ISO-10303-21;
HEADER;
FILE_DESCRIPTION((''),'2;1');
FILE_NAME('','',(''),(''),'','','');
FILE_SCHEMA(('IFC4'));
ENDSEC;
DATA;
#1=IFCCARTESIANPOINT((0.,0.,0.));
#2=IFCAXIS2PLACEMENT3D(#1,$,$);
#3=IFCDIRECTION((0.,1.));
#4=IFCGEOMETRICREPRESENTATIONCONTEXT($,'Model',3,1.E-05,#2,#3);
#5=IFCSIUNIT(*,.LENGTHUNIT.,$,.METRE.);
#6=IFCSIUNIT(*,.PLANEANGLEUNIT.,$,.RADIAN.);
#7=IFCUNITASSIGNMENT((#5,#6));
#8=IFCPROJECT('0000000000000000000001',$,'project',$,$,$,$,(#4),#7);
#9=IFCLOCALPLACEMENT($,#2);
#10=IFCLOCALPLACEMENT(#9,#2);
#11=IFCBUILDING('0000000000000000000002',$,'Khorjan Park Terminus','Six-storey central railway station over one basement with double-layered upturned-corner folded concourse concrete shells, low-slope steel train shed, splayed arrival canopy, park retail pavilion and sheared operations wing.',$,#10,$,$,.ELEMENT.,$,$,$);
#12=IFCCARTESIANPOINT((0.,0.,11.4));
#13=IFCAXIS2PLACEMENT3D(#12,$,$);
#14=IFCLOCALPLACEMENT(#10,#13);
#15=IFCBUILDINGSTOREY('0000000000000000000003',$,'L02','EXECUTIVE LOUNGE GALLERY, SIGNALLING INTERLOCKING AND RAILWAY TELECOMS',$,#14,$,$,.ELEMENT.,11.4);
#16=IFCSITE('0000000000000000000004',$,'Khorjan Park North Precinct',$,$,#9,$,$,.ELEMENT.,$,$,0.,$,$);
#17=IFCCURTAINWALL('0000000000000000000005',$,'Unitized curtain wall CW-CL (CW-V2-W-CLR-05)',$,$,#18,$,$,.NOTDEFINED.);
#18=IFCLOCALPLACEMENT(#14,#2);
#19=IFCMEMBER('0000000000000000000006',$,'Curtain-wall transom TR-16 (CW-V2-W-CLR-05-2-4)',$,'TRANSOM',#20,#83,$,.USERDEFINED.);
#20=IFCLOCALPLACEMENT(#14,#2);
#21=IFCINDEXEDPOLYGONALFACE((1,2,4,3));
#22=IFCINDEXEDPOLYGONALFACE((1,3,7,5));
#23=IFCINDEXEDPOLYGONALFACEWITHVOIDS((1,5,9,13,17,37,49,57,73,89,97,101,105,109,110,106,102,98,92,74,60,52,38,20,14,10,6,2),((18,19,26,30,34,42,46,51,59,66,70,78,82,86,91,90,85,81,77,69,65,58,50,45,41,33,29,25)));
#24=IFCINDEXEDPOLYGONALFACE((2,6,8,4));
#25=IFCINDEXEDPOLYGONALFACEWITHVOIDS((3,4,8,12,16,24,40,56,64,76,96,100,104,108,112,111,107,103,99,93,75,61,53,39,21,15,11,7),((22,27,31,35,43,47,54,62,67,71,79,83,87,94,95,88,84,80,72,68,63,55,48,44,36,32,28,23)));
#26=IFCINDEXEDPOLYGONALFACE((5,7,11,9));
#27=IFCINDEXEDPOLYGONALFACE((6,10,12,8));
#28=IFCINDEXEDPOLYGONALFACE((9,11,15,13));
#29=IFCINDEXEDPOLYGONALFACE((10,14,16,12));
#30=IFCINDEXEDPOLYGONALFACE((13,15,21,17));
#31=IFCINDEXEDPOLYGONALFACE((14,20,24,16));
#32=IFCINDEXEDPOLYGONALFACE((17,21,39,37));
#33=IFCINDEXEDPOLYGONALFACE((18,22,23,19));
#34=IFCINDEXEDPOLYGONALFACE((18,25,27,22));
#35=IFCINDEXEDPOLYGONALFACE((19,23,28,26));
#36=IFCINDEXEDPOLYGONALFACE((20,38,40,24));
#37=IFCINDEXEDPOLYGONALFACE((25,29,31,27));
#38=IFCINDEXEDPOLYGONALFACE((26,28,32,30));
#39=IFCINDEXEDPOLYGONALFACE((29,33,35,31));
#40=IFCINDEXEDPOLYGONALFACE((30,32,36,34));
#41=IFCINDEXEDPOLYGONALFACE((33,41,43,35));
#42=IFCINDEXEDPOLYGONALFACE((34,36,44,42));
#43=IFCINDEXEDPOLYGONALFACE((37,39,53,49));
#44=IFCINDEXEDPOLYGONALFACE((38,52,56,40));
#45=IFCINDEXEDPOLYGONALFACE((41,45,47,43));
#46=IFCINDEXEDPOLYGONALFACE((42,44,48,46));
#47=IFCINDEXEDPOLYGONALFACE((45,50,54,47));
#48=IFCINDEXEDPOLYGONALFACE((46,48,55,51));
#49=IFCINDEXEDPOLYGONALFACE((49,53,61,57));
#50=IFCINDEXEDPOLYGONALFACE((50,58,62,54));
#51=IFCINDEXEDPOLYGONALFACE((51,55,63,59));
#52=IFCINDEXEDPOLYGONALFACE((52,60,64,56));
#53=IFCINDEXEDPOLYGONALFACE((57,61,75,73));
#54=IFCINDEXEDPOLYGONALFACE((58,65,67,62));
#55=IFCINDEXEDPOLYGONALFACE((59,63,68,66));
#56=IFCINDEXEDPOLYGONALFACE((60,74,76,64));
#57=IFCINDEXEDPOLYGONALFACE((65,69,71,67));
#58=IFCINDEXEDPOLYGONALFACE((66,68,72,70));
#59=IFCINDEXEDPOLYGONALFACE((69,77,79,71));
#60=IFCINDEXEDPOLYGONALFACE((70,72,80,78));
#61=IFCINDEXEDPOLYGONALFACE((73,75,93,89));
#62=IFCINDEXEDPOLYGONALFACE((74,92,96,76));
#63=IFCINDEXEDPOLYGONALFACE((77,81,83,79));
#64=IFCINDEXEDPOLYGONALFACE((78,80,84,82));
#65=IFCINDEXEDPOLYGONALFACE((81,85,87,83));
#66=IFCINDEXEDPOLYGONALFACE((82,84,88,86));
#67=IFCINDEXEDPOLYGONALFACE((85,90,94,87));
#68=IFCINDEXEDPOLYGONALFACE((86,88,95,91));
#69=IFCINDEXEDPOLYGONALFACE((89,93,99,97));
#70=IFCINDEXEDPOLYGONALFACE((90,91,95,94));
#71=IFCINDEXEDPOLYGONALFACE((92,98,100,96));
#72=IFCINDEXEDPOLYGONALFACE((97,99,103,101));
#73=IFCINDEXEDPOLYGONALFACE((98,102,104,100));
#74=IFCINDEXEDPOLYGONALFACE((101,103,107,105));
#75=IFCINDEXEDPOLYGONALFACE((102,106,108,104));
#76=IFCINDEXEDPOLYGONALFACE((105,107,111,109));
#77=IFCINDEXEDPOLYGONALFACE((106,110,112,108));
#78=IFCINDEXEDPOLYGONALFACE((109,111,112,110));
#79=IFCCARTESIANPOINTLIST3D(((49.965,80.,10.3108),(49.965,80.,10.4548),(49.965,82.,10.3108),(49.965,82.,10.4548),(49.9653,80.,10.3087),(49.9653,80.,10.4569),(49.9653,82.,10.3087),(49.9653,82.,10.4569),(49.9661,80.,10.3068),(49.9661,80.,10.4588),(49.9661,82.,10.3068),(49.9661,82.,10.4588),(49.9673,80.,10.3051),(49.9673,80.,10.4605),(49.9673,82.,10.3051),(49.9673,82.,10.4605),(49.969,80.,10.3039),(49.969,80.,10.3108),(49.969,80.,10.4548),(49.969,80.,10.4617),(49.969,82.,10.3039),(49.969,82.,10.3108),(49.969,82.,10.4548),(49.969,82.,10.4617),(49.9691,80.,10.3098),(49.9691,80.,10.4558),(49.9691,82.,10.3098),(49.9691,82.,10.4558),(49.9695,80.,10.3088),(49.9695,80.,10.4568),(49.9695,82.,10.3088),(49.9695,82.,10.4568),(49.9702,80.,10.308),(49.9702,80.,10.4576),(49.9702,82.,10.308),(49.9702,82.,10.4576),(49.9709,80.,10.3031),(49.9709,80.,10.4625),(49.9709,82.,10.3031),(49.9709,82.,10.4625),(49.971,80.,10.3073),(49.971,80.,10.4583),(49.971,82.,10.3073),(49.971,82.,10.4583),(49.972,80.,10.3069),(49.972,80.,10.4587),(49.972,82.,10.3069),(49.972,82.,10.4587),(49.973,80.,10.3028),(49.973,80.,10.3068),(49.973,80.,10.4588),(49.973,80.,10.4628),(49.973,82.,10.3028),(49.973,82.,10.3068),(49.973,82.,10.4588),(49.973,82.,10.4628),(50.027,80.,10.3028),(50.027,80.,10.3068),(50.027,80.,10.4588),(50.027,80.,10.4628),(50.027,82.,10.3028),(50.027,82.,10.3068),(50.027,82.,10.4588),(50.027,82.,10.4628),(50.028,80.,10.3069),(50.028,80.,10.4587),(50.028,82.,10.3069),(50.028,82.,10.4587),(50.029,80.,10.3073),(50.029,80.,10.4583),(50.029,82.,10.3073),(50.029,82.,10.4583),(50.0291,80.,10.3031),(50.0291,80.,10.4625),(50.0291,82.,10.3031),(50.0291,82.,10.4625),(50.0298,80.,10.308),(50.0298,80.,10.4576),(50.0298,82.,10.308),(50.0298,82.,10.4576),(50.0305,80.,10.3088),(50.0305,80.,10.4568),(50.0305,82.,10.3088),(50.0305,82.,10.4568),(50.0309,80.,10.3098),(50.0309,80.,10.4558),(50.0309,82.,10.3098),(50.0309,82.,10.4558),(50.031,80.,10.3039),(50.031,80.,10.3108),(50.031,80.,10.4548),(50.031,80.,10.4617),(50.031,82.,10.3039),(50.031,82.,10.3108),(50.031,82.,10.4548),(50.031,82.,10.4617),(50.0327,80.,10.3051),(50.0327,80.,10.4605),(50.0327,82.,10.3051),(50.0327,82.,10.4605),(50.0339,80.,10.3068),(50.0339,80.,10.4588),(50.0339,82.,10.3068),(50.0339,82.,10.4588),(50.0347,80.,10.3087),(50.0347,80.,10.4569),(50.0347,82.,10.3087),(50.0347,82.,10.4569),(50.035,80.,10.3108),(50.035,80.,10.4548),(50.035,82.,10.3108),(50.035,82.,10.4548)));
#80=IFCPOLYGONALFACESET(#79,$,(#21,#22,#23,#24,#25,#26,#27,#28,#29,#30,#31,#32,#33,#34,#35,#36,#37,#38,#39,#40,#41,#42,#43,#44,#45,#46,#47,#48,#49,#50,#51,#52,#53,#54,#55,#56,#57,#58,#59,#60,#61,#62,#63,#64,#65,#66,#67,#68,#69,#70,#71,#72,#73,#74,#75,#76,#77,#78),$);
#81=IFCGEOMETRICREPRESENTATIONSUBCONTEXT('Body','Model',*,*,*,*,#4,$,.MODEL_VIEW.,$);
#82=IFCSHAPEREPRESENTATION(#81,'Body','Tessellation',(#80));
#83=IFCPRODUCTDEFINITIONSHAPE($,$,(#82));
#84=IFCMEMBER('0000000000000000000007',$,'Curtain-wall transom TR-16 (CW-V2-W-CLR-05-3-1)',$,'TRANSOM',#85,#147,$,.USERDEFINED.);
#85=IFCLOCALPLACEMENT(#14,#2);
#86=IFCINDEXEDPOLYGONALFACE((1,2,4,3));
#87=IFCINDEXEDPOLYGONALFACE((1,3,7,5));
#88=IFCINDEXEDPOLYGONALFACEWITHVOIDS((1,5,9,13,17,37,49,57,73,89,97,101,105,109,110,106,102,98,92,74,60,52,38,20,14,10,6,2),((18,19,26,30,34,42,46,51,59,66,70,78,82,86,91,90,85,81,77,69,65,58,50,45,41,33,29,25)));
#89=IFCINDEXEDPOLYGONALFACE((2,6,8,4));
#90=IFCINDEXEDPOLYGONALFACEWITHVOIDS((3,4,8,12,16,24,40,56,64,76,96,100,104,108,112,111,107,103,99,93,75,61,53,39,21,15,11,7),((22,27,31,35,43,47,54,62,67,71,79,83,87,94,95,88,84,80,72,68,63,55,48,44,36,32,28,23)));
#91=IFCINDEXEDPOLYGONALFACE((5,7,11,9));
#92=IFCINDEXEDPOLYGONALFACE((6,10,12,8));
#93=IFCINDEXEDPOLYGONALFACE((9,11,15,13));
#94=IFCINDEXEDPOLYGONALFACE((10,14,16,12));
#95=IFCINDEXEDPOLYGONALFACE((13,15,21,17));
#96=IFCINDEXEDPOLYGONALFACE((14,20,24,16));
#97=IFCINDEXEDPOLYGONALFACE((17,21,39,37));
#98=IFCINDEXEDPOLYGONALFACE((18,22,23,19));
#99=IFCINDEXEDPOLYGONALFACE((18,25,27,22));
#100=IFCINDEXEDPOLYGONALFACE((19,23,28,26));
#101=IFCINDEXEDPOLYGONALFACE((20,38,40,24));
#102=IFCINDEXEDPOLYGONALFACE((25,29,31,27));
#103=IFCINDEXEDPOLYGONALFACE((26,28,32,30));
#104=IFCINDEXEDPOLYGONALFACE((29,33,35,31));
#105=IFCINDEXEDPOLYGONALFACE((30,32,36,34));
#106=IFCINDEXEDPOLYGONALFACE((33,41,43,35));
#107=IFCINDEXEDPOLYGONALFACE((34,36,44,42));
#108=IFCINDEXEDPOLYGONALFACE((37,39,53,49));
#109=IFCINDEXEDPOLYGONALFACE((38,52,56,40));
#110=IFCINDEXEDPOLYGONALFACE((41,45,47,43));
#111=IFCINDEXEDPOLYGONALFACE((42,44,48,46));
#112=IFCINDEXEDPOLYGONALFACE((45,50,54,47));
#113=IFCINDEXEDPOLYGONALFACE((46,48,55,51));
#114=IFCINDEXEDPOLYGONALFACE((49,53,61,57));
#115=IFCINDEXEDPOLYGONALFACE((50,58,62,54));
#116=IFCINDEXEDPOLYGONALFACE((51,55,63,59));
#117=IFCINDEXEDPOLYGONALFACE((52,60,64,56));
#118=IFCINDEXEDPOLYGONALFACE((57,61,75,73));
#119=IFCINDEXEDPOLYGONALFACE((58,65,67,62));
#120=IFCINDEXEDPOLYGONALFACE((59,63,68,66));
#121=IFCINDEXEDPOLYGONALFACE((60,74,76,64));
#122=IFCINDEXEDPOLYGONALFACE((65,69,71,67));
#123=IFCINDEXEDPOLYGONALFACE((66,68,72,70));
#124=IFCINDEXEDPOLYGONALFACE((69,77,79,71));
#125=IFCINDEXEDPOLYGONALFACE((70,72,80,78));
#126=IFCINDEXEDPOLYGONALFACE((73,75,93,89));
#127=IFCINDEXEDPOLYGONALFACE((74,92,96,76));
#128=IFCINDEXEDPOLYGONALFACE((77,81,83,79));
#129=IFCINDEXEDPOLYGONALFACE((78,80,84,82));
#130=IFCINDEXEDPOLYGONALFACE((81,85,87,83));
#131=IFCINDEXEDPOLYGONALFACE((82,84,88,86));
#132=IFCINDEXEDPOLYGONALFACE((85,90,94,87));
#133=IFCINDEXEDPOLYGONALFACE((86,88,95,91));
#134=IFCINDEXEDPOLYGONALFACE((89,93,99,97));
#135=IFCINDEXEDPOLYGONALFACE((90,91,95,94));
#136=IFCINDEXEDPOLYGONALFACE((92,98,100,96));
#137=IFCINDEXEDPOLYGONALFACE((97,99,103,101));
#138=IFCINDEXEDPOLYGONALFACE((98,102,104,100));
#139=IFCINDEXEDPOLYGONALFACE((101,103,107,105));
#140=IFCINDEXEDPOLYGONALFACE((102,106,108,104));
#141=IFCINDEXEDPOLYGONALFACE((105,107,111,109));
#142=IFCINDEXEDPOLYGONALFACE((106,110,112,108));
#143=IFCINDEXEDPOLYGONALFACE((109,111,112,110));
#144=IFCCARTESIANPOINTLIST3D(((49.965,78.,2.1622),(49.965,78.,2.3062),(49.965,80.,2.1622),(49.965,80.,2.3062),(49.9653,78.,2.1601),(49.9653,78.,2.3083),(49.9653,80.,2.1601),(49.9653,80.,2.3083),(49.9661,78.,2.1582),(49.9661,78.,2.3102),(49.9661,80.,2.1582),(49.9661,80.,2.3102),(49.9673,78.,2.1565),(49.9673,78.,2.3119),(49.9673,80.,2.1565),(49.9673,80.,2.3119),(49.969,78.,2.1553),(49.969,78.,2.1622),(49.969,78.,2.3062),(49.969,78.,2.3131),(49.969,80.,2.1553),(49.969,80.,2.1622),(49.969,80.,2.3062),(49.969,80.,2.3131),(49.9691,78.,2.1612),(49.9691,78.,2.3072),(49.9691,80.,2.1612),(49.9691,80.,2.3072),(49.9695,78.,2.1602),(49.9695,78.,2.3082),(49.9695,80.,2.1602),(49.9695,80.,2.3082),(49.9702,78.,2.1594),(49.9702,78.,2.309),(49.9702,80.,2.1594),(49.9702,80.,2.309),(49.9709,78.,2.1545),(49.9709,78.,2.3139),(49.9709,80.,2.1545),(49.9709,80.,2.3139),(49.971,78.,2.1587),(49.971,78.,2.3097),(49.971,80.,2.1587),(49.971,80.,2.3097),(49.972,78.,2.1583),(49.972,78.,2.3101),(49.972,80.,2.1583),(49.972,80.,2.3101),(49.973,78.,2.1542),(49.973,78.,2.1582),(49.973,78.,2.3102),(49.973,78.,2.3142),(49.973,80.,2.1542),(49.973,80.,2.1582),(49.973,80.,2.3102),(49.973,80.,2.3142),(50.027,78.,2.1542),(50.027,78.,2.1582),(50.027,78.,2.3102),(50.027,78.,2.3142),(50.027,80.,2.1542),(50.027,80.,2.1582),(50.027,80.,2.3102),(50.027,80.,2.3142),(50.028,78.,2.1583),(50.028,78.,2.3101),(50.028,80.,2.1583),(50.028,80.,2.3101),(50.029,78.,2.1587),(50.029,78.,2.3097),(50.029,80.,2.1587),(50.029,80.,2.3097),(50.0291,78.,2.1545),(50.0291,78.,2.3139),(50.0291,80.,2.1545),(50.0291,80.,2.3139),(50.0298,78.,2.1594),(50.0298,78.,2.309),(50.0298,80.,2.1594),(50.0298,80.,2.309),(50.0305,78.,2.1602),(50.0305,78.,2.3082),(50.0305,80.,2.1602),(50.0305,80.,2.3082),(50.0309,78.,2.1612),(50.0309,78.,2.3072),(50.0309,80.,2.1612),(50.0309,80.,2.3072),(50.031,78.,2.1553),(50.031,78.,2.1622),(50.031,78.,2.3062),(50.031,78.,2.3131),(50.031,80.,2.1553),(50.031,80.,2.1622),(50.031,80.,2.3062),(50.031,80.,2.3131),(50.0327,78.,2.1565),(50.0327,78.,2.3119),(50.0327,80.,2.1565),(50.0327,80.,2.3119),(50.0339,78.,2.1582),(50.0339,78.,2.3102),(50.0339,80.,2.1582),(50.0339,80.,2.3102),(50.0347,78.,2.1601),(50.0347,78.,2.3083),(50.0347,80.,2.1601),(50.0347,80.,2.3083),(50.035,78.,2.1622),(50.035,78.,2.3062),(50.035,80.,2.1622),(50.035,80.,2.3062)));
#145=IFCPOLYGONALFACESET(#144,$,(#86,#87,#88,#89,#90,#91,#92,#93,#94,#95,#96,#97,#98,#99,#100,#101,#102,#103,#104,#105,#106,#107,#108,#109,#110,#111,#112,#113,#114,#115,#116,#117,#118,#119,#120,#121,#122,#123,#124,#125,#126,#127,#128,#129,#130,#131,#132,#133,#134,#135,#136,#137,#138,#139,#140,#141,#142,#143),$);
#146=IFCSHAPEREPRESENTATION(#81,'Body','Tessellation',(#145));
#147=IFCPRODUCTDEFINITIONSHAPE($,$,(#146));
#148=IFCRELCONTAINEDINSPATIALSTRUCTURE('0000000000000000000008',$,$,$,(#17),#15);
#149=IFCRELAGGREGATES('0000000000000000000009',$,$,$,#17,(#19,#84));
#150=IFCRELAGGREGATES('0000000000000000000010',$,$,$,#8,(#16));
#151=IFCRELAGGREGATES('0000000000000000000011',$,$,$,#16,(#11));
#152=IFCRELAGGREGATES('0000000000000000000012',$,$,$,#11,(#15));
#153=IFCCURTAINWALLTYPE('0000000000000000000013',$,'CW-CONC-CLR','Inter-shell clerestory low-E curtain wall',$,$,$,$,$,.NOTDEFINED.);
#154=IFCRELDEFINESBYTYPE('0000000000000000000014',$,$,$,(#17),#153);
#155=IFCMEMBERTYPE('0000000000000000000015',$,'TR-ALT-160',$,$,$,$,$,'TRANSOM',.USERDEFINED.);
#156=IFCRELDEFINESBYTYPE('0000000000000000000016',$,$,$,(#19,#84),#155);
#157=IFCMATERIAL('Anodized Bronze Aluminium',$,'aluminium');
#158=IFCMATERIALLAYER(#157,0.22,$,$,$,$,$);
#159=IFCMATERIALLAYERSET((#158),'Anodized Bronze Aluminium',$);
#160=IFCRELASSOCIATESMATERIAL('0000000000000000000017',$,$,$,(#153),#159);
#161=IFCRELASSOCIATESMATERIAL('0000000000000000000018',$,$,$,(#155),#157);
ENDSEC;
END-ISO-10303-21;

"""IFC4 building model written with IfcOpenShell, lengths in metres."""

from ifc_helpers import new_model, si_unit, direction, frame, origin, origin_2d, place, context, subcontext, project, spatial, hollow_rectangle, extrude, material, layer, layer_set, material_profile, profile_set, type_object, element, aggregate, save


model = new_model("IFC4")

# Units and contexts
model_context = context("Model", 3, precision=1e-05, world=origin(), true_north=direction((0.0, 1.0)))
body_context = subcontext(model_context, "Body", "Model", "MODEL_VIEW")
ifc_project = project(units=[si_unit("LENGTHUNIT", "METRE"), si_unit("PLANEANGLEUNIT", "RADIAN")], contexts=[model_context])

# Site, building, storey
site_placement = place(None, origin())
site = spatial("IfcSite", under=ifc_project, at=site_placement, Name="Khorjan Park North Precinct", CompositionType="ELEMENT", RefElevation=0.0)
building_placement = place(site_placement, origin())
building = spatial("IfcBuilding", under=site, at=building_placement, Name="Khorjan Park Terminus", Description="Six-storey central railway station over one basement with double-layered upturned-corner folded concourse concrete shells, low-slope steel train shed, splayed arrival canopy, park retail pavilion and sheared operations wing.", CompositionType="ELEMENT")
storey_placement = place(building_placement, frame((0.0, 0.0, 11.4)))
storey = spatial("IfcBuildingStorey", under=building, at=storey_placement, Name="L02", Description="EXECUTIVE LOUNGE GALLERY, SIGNALLING INTERLOCKING AND RAILWAY TELECOMS", CompositionType="ELEMENT", Elevation=11.4)

# Curtain wall, members
ifc_material_1 = material(Name="Anodized Bronze Aluminium", Category="aluminium")
ifc_layer_1 = layer(ifc_material_1, 0.22)
ifc_layer_set_1 = layer_set([ifc_layer_1], Name="Anodized Bronze Aluminium")
curtain_wall_type = type_object("IfcCurtainWallType", Name="CW-CONC-CLR", Description="Inter-shell clerestory low-E curtain wall", PredefinedType="NOTDEFINED", material=ifc_layer_set_1)
curtain_wall_placement = place(storey_placement, origin())
curtain_wall = element("IfcCurtainWall", 1, at=curtain_wall_placement, inside=storey, type_object=curtain_wall_type, Name="Unitized curtain wall CW-CL (CW-V2-W-CLR-05)", PredefinedType="NOTDEFINED")
ifc_material_profile_1 = material_profile(ifc_material_1, hollow_rectangle(XDim=0.07, YDim=0.16, WallThickness=0.004, InnerFilletRadius=0.004, OuterFilletRadius=0.008, at=origin_2d()), Name="ALT 70x160x4")
ifc_profile_set_1 = profile_set([ifc_material_profile_1], Name="Anodized Bronze Aluminium")
member_type_1 = type_object("IfcMemberType", Name="TR-ALT-160", ElementType="TRANSOM", PredefinedType="USERDEFINED", material=ifc_profile_set_1)
member_1_placement = place(storey_placement, frame((50.0, 82.0, 10.3828), z_axis=(0.0, -1.0, 0.0), x_axis=(1.0, 0.0, 0.0)))
member_1 = element("IfcMember", 2, at=member_1_placement, type_object=member_type_1, Name="Curtain-wall transom TR-16 (CW-V2-W-CLR-05-2-4)", ObjectType="TRANSOM", PredefinedType="USERDEFINED", context=body_context, shape_type="SweptSolid", body=[
    extrude(hollow_rectangle(XDim=0.07, YDim=0.16, WallThickness=0.004, InnerFilletRadius=0.004, OuterFilletRadius=0.008, at=origin_2d()), origin(), (0.0, 0.0, 1.0), 2.0),
])
member_2_placement = place(storey_placement, frame((50.0, 80.0, 2.2342), z_axis=(0.0, -1.0, 0.0), x_axis=(1.0, 0.0, 0.0)))
member_2 = element("IfcMember", 3, at=member_2_placement, type_object=member_type_1, Name="Curtain-wall transom TR-16 (CW-V2-W-CLR-05-3-1)", ObjectType="TRANSOM", PredefinedType="USERDEFINED", context=body_context, shape_type="SweptSolid", body=[
    extrude(hollow_rectangle(XDim=0.07, YDim=0.16, WallThickness=0.004, InnerFilletRadius=0.004, OuterFilletRadius=0.008, at=origin_2d()), origin(), (0.0, 0.0, 1.0), 2.0),
])
aggregate(curtain_wall, [member_1, member_2])

save(model, "model.ifc")
